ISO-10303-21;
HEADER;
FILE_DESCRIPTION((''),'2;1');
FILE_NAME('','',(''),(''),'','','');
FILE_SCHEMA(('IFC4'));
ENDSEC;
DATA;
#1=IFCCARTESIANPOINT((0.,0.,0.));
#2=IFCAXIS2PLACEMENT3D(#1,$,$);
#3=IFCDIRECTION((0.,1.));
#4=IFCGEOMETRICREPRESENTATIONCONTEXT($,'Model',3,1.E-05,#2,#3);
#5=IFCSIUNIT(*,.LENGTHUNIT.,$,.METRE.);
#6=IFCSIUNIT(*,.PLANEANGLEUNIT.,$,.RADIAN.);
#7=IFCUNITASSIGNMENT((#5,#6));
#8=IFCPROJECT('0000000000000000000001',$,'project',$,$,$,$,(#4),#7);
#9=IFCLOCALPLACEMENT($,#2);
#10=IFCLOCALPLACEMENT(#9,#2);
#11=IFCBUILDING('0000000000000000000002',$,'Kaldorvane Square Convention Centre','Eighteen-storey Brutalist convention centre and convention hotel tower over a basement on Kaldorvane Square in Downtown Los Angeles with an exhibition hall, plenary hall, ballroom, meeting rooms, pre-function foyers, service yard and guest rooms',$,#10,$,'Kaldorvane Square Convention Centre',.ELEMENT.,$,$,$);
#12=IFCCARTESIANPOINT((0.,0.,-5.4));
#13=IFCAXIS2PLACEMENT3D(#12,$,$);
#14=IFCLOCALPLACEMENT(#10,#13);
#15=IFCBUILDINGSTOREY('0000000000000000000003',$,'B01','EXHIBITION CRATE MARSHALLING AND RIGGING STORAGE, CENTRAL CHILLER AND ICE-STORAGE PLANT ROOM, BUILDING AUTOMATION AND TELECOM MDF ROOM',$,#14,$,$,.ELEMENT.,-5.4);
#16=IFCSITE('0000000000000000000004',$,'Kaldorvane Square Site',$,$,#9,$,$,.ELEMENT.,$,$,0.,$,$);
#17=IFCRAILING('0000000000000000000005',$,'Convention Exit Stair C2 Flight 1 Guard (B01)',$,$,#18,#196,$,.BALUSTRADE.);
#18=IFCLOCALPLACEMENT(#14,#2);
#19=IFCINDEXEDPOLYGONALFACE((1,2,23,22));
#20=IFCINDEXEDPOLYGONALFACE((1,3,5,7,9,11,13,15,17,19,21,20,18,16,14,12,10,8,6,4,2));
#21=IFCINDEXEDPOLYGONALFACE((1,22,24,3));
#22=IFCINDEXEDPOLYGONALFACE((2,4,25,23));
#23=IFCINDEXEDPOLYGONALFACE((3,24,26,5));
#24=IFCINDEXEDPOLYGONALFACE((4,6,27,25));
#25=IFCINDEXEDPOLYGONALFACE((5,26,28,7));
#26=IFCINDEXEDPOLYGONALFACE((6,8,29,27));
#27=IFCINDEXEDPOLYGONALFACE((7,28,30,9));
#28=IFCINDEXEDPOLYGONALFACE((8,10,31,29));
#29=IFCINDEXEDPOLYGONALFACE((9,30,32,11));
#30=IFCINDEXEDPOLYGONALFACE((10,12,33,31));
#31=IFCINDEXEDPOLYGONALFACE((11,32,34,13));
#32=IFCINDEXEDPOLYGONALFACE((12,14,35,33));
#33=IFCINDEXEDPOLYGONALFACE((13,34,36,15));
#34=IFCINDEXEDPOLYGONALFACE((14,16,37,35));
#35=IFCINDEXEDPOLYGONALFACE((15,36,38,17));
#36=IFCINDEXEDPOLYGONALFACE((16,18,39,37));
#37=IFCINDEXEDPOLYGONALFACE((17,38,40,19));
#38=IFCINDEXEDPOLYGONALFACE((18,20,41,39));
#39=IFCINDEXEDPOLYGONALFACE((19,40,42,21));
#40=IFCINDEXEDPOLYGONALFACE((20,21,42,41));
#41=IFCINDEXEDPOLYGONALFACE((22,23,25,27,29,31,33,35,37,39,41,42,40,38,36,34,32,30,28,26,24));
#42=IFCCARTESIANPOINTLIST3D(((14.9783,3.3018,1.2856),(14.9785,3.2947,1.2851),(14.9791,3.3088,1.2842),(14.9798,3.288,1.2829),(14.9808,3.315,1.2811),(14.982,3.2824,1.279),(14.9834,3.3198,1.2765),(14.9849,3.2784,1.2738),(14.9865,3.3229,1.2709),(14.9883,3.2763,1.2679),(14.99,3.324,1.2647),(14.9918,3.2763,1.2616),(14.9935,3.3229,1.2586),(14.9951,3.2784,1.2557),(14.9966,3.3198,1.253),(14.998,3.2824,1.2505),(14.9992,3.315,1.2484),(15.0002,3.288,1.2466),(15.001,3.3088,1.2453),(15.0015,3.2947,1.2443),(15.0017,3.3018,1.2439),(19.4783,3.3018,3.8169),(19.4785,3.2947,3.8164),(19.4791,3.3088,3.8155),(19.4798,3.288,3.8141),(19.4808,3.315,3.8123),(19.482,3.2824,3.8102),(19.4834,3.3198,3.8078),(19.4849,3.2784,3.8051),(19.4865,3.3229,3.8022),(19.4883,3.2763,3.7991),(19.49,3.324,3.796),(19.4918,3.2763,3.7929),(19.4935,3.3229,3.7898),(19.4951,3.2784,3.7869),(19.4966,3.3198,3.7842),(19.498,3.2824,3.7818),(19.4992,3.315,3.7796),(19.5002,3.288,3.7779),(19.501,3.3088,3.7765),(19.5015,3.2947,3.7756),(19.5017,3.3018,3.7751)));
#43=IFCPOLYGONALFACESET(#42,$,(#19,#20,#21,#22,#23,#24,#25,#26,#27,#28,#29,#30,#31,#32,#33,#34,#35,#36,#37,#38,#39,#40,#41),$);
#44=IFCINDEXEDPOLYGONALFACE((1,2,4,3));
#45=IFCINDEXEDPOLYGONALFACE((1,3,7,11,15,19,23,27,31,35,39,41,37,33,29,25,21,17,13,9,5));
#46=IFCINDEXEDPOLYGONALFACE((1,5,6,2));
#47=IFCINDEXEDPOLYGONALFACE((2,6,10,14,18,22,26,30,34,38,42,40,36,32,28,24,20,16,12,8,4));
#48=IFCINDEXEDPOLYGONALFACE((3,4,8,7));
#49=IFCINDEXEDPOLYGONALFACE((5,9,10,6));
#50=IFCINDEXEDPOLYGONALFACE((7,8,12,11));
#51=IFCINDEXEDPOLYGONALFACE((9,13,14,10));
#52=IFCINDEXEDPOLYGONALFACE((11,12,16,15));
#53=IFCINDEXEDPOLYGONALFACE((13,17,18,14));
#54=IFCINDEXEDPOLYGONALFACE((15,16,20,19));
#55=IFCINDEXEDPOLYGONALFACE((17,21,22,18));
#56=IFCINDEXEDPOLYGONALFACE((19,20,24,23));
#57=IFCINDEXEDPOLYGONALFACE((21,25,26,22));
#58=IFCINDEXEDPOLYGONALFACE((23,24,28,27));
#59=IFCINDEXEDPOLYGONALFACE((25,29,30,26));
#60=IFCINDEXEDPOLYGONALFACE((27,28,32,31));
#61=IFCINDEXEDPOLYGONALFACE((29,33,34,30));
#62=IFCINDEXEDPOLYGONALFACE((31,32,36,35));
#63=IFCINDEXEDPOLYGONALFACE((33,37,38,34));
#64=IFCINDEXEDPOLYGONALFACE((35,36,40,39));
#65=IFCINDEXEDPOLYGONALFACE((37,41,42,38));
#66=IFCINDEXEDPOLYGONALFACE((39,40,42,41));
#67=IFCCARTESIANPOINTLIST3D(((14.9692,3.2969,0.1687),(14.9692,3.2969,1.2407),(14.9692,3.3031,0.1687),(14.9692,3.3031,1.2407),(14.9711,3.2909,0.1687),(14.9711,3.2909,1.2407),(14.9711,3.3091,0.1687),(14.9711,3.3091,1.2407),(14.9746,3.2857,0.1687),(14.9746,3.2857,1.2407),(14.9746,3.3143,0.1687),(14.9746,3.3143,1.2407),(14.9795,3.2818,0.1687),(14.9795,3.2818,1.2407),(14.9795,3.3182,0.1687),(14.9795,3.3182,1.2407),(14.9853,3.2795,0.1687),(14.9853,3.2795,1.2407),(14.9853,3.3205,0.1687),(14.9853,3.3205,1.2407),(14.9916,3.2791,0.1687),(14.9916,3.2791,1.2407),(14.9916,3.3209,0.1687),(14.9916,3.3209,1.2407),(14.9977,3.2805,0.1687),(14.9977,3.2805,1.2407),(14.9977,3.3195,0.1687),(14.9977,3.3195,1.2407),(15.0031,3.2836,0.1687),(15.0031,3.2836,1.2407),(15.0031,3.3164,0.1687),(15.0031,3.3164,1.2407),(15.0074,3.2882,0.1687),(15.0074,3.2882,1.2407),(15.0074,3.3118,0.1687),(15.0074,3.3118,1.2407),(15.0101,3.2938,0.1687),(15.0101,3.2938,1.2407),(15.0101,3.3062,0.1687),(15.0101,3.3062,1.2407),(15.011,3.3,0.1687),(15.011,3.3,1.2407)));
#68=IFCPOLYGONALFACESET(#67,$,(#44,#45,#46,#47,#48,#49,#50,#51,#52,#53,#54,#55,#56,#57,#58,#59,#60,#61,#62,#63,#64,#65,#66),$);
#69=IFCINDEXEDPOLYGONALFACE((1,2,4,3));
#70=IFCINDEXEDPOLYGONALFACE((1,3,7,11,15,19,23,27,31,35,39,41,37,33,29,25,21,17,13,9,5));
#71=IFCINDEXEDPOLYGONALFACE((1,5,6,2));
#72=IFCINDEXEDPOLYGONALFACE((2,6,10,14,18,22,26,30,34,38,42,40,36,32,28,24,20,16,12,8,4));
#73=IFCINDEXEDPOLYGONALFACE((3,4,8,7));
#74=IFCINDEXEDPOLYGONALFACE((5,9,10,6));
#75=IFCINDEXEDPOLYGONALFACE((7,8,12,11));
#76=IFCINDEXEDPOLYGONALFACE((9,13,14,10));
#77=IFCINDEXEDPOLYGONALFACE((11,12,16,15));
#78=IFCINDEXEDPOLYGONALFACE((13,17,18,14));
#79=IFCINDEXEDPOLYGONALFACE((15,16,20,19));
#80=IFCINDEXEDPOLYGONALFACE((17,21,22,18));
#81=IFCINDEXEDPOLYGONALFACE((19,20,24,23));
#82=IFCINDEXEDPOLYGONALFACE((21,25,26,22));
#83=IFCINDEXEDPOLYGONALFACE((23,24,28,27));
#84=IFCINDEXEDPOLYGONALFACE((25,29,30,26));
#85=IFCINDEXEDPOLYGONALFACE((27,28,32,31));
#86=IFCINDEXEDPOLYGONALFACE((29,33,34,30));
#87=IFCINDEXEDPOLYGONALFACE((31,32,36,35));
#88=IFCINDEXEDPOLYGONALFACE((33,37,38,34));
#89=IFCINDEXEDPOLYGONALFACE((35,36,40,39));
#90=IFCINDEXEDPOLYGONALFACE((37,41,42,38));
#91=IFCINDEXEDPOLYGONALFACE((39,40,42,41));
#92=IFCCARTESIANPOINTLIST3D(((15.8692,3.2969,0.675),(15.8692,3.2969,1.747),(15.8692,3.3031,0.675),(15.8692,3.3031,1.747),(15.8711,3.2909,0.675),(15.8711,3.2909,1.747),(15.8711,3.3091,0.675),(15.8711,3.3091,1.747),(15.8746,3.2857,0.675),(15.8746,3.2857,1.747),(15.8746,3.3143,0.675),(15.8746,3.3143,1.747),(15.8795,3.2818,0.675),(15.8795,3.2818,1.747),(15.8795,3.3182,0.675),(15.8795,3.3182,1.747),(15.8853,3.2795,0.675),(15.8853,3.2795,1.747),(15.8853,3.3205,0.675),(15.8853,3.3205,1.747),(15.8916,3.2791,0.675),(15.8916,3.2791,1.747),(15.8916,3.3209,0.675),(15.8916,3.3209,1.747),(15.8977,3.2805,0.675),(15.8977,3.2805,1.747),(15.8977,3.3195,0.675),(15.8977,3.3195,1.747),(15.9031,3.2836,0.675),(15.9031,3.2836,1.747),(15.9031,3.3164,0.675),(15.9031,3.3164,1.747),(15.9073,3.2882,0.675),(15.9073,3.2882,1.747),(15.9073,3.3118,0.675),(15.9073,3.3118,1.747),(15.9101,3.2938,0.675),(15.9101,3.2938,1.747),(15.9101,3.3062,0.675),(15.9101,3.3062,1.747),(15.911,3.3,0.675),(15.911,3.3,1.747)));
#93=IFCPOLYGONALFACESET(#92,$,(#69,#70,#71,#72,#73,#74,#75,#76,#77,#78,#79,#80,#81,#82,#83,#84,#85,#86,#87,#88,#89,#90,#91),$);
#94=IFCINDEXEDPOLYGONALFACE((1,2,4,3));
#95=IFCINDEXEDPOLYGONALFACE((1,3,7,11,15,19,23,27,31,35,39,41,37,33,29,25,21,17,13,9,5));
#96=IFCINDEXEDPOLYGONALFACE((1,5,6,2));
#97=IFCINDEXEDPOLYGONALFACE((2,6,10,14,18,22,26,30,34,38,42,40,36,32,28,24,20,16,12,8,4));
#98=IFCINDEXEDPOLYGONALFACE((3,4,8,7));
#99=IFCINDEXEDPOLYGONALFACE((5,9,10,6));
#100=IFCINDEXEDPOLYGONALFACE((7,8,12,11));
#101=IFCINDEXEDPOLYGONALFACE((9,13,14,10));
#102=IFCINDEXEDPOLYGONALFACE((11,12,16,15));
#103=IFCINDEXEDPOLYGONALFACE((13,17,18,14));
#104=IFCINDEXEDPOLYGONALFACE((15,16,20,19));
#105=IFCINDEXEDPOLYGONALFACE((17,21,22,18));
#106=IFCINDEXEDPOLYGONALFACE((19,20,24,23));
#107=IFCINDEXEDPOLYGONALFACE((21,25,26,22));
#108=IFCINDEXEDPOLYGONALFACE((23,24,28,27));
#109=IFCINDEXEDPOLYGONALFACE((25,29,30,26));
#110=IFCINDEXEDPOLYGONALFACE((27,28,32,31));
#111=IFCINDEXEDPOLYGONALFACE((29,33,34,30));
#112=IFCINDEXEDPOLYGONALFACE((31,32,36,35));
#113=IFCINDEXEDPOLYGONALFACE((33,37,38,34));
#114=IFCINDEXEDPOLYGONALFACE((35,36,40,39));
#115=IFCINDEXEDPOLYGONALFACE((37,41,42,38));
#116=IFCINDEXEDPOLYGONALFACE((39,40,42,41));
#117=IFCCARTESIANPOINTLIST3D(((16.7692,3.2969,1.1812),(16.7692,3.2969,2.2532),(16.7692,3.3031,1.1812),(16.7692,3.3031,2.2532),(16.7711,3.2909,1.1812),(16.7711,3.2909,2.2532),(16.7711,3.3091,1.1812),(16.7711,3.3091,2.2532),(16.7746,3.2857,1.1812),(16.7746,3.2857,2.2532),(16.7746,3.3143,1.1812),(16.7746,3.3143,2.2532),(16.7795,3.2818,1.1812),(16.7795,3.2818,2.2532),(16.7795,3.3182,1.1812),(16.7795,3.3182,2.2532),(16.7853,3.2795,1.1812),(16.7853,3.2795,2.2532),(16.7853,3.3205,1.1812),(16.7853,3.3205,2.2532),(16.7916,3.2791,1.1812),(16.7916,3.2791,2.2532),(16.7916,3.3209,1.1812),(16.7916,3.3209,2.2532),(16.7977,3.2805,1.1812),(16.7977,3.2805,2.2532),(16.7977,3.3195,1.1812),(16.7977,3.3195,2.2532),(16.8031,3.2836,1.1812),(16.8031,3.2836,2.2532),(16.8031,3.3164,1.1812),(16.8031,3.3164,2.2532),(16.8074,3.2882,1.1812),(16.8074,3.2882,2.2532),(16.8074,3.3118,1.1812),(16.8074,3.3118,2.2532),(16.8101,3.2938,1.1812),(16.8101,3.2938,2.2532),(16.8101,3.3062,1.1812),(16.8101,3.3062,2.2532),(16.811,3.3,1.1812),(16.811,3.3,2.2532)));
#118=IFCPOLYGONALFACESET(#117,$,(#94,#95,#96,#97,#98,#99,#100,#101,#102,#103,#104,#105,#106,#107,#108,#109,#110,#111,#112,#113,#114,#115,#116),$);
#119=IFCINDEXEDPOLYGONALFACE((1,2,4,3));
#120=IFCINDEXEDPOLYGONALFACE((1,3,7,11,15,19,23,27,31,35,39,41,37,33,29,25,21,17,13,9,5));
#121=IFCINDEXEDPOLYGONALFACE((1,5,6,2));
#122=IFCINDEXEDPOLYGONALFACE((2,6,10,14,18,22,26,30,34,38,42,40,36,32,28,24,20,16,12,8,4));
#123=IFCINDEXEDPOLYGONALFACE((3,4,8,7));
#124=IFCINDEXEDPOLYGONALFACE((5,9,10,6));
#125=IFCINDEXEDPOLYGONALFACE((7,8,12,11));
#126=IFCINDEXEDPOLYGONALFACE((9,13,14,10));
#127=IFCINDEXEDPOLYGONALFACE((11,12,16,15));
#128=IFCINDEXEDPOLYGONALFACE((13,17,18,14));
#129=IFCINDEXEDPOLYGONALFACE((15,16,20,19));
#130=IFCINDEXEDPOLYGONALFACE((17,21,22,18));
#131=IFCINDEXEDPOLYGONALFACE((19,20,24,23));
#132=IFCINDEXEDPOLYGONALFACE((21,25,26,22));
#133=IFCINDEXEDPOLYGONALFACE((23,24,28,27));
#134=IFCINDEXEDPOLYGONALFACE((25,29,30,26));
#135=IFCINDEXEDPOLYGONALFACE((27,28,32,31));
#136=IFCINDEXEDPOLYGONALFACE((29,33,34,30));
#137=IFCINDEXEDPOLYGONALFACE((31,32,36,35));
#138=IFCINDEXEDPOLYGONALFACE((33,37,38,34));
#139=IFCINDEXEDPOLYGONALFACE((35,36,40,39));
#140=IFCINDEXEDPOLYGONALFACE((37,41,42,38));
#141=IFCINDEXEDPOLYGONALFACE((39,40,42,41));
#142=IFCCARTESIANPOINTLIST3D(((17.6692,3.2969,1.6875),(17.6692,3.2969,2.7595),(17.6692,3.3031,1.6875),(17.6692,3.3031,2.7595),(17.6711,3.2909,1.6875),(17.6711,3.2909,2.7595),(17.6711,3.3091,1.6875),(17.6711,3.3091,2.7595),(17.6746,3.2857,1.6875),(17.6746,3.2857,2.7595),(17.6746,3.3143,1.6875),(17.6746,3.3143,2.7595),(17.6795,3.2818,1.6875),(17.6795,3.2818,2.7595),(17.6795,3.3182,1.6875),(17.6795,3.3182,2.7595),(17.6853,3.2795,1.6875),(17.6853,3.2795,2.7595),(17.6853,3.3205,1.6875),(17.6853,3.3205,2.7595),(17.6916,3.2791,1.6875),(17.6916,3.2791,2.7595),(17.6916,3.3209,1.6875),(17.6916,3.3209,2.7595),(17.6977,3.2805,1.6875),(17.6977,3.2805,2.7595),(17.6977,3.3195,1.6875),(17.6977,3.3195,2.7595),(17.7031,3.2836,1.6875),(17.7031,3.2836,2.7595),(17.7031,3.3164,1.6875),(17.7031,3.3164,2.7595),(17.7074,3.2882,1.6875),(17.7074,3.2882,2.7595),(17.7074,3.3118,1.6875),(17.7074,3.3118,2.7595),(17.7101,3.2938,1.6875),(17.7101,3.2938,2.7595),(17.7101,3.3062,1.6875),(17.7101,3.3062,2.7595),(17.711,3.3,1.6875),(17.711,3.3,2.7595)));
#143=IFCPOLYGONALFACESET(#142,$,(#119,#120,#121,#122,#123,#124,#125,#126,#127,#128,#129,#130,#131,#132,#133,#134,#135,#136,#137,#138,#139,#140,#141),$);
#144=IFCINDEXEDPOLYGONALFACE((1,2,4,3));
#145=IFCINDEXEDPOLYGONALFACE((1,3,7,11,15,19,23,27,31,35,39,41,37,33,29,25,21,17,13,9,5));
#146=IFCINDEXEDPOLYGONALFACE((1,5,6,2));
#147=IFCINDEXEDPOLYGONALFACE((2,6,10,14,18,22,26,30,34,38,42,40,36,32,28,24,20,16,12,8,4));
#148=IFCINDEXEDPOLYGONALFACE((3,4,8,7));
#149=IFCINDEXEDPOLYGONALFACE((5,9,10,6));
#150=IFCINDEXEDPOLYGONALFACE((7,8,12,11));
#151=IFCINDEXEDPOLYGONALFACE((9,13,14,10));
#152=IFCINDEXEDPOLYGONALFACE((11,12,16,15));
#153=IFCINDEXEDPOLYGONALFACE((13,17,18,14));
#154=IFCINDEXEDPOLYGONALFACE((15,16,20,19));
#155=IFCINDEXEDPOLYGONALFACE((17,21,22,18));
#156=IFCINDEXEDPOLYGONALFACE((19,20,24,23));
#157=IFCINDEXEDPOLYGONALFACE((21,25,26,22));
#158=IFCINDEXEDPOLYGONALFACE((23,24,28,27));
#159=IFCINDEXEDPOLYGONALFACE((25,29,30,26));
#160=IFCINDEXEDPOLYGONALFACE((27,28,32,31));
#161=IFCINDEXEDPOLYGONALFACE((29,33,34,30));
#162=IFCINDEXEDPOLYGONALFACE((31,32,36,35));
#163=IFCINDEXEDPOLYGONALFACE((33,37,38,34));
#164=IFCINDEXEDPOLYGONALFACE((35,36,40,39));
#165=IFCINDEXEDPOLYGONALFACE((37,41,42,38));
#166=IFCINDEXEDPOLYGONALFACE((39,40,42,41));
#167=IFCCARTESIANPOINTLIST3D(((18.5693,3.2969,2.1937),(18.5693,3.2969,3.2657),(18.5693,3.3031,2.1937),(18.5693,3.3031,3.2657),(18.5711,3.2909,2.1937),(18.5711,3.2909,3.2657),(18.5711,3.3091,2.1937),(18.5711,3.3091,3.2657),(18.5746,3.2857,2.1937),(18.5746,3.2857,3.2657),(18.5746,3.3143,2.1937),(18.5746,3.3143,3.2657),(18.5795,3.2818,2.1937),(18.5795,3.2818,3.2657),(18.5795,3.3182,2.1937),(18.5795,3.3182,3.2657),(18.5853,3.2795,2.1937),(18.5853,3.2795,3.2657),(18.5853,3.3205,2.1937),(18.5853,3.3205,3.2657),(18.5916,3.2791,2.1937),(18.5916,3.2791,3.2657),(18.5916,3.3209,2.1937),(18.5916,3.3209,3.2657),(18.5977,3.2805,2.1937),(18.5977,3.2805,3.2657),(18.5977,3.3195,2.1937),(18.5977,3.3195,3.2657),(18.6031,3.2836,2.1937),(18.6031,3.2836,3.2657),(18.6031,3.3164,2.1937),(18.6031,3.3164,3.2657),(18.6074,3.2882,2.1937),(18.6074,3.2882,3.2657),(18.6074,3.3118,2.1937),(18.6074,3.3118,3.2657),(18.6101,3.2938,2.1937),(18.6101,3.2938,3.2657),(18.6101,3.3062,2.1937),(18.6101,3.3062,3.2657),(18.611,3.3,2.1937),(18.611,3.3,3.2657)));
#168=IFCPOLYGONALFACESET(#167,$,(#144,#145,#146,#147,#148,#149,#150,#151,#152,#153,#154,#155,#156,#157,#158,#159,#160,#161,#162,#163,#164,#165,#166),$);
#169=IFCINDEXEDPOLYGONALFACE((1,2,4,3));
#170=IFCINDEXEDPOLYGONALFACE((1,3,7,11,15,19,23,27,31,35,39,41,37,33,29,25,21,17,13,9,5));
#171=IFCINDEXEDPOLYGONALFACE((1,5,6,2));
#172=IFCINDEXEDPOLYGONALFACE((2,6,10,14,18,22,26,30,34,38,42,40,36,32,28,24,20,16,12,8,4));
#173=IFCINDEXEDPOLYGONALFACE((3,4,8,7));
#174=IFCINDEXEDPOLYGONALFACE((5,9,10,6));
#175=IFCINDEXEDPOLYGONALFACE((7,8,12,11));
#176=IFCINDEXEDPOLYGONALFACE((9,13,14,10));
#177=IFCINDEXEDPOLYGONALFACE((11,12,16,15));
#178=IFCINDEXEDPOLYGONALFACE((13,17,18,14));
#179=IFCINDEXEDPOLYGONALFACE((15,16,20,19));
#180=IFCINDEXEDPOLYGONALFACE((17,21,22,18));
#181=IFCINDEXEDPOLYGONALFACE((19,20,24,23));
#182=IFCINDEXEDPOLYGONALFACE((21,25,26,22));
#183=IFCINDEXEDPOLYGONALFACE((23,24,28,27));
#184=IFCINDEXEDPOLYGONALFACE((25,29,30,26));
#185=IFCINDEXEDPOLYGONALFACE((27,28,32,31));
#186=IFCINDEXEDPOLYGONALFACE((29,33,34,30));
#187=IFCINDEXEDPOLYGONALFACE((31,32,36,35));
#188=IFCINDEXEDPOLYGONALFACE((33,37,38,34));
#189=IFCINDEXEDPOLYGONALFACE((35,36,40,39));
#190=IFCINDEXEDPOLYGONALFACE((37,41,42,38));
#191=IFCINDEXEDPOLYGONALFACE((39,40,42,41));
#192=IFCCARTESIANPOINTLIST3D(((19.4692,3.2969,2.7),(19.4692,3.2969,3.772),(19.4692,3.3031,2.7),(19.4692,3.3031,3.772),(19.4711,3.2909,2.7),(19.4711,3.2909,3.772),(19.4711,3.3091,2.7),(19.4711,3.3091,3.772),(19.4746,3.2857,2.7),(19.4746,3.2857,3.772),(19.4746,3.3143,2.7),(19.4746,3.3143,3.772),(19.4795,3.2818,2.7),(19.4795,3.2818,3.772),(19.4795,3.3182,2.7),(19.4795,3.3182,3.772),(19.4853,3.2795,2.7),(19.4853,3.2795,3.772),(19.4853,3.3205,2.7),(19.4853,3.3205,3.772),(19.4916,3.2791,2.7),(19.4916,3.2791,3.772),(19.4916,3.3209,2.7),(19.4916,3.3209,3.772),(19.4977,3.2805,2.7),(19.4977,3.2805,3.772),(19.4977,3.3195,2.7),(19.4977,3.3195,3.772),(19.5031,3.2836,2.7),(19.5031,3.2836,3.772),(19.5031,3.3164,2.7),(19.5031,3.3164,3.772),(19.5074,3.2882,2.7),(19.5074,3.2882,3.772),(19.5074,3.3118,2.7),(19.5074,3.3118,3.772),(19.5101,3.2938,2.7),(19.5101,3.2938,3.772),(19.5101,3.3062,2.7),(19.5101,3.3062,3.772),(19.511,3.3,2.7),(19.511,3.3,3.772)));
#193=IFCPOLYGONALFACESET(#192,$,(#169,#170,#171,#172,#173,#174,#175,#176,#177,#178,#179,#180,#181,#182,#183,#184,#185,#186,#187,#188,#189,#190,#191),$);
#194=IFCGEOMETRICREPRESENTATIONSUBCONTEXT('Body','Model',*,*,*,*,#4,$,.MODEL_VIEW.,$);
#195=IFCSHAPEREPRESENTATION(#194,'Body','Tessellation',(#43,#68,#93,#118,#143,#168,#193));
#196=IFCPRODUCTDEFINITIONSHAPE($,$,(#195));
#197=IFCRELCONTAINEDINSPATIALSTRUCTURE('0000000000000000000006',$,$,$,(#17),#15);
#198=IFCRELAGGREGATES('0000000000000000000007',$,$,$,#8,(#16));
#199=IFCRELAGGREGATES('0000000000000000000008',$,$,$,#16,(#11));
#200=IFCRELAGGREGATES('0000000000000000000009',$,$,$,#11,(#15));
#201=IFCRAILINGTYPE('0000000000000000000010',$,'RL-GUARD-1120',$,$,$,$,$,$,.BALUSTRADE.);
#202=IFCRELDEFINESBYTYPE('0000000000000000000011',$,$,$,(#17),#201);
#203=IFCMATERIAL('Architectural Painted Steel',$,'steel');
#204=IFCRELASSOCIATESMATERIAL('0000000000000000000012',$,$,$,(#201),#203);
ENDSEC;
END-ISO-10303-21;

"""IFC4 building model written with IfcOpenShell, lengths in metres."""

from ifc_helpers import new_model, si_unit, direction, frame, origin, origin_2d, place, context, subcontext, project, spatial, circle, extrude, material, type_object, element, save


model = new_model("IFC4")

# Units and contexts
model_context = context("Model", 3, precision=1e-05, world=origin(), true_north=direction((0.0, 1.0)))
body_context = subcontext(model_context, "Body", "Model", "MODEL_VIEW")
ifc_project = project(units=[si_unit("LENGTHUNIT", "METRE"), si_unit("PLANEANGLEUNIT", "RADIAN")], contexts=[model_context])

# Site, building, storey
site_placement = place(None, origin())
site = spatial("IfcSite", under=ifc_project, at=site_placement, Name="Kaldorvane Square Site", CompositionType="ELEMENT", RefElevation=0.0)
building_placement = place(site_placement, origin())
building = spatial("IfcBuilding", under=site, at=building_placement, Name="Kaldorvane Square Convention Centre", Description="Eighteen-storey Brutalist convention centre and convention hotel tower over a basement on Kaldorvane Square in Downtown Los Angeles with an exhibition hall, plenary hall, ballroom, meeting rooms, pre-function foyers, service yard and guest rooms", LongName="Kaldorvane Square Convention Centre", CompositionType="ELEMENT")
storey_placement = place(building_placement, frame((0.0, 0.0, -5.4)))
storey = spatial("IfcBuildingStorey", under=building, at=storey_placement, Name="B01", Description="EXHIBITION CRATE MARSHALLING AND RIGGING STORAGE, CENTRAL CHILLER AND ICE-STORAGE PLANT ROOM, BUILDING AUTOMATION AND TELECOM MDF ROOM", CompositionType="ELEMENT", Elevation=-5.4)

# Railing
ifc_material_1 = material(Name="Architectural Painted Steel", Category="steel")
railing_type_1 = type_object("IfcRailingType", Name="RL-GUARD-1120", PredefinedType="BALUSTRADE", material=ifc_material_1)
railing_1_placement = place(storey_placement, frame((14.99, 3.3, 0.1687)))
element("IfcRailing", 1, at=railing_1_placement, inside=storey, type_object=railing_type_1, Name="Convention Exit Stair C2 Flight 1 Guard (B01)", PredefinedType="BALUSTRADE", context=body_context, shape_type="SweptSolid", body=[
    extrude(circle(Radius=0.024, at=origin_2d()), frame((0.0, 0.0, 1.096), z_axis=(0.871576, 0.0, 0.490261), x_axis=(0.0, 1.0, 0.0)), (0.0, 0.0, 1.0), 5.1631),
    extrude(circle(Radius=0.021, at=origin_2d()), origin(), (0.0, 0.0, 1.0), 1.072),
    extrude(circle(Radius=0.021, at=origin_2d()), frame((0.9, 0.0, 0.5063)), (0.0, 0.0, 1.0), 1.072),
    extrude(circle(Radius=0.021, at=origin_2d()), frame((1.8, 0.0, 1.0125)), (0.0, 0.0, 1.0), 1.072),
    extrude(circle(Radius=0.021, at=origin_2d()), frame((2.7, 0.0, 1.5188)), (0.0, 0.0, 1.0), 1.072),
    extrude(circle(Radius=0.021, at=origin_2d()), frame((3.6, 0.0, 2.025)), (0.0, 0.0, 1.0), 1.072),
    extrude(circle(Radius=0.021, at=origin_2d()), frame((4.5, 0.0, 2.5312)), (0.0, 0.0, 1.0), 1.072),
])

save(model, "model.ifc")
